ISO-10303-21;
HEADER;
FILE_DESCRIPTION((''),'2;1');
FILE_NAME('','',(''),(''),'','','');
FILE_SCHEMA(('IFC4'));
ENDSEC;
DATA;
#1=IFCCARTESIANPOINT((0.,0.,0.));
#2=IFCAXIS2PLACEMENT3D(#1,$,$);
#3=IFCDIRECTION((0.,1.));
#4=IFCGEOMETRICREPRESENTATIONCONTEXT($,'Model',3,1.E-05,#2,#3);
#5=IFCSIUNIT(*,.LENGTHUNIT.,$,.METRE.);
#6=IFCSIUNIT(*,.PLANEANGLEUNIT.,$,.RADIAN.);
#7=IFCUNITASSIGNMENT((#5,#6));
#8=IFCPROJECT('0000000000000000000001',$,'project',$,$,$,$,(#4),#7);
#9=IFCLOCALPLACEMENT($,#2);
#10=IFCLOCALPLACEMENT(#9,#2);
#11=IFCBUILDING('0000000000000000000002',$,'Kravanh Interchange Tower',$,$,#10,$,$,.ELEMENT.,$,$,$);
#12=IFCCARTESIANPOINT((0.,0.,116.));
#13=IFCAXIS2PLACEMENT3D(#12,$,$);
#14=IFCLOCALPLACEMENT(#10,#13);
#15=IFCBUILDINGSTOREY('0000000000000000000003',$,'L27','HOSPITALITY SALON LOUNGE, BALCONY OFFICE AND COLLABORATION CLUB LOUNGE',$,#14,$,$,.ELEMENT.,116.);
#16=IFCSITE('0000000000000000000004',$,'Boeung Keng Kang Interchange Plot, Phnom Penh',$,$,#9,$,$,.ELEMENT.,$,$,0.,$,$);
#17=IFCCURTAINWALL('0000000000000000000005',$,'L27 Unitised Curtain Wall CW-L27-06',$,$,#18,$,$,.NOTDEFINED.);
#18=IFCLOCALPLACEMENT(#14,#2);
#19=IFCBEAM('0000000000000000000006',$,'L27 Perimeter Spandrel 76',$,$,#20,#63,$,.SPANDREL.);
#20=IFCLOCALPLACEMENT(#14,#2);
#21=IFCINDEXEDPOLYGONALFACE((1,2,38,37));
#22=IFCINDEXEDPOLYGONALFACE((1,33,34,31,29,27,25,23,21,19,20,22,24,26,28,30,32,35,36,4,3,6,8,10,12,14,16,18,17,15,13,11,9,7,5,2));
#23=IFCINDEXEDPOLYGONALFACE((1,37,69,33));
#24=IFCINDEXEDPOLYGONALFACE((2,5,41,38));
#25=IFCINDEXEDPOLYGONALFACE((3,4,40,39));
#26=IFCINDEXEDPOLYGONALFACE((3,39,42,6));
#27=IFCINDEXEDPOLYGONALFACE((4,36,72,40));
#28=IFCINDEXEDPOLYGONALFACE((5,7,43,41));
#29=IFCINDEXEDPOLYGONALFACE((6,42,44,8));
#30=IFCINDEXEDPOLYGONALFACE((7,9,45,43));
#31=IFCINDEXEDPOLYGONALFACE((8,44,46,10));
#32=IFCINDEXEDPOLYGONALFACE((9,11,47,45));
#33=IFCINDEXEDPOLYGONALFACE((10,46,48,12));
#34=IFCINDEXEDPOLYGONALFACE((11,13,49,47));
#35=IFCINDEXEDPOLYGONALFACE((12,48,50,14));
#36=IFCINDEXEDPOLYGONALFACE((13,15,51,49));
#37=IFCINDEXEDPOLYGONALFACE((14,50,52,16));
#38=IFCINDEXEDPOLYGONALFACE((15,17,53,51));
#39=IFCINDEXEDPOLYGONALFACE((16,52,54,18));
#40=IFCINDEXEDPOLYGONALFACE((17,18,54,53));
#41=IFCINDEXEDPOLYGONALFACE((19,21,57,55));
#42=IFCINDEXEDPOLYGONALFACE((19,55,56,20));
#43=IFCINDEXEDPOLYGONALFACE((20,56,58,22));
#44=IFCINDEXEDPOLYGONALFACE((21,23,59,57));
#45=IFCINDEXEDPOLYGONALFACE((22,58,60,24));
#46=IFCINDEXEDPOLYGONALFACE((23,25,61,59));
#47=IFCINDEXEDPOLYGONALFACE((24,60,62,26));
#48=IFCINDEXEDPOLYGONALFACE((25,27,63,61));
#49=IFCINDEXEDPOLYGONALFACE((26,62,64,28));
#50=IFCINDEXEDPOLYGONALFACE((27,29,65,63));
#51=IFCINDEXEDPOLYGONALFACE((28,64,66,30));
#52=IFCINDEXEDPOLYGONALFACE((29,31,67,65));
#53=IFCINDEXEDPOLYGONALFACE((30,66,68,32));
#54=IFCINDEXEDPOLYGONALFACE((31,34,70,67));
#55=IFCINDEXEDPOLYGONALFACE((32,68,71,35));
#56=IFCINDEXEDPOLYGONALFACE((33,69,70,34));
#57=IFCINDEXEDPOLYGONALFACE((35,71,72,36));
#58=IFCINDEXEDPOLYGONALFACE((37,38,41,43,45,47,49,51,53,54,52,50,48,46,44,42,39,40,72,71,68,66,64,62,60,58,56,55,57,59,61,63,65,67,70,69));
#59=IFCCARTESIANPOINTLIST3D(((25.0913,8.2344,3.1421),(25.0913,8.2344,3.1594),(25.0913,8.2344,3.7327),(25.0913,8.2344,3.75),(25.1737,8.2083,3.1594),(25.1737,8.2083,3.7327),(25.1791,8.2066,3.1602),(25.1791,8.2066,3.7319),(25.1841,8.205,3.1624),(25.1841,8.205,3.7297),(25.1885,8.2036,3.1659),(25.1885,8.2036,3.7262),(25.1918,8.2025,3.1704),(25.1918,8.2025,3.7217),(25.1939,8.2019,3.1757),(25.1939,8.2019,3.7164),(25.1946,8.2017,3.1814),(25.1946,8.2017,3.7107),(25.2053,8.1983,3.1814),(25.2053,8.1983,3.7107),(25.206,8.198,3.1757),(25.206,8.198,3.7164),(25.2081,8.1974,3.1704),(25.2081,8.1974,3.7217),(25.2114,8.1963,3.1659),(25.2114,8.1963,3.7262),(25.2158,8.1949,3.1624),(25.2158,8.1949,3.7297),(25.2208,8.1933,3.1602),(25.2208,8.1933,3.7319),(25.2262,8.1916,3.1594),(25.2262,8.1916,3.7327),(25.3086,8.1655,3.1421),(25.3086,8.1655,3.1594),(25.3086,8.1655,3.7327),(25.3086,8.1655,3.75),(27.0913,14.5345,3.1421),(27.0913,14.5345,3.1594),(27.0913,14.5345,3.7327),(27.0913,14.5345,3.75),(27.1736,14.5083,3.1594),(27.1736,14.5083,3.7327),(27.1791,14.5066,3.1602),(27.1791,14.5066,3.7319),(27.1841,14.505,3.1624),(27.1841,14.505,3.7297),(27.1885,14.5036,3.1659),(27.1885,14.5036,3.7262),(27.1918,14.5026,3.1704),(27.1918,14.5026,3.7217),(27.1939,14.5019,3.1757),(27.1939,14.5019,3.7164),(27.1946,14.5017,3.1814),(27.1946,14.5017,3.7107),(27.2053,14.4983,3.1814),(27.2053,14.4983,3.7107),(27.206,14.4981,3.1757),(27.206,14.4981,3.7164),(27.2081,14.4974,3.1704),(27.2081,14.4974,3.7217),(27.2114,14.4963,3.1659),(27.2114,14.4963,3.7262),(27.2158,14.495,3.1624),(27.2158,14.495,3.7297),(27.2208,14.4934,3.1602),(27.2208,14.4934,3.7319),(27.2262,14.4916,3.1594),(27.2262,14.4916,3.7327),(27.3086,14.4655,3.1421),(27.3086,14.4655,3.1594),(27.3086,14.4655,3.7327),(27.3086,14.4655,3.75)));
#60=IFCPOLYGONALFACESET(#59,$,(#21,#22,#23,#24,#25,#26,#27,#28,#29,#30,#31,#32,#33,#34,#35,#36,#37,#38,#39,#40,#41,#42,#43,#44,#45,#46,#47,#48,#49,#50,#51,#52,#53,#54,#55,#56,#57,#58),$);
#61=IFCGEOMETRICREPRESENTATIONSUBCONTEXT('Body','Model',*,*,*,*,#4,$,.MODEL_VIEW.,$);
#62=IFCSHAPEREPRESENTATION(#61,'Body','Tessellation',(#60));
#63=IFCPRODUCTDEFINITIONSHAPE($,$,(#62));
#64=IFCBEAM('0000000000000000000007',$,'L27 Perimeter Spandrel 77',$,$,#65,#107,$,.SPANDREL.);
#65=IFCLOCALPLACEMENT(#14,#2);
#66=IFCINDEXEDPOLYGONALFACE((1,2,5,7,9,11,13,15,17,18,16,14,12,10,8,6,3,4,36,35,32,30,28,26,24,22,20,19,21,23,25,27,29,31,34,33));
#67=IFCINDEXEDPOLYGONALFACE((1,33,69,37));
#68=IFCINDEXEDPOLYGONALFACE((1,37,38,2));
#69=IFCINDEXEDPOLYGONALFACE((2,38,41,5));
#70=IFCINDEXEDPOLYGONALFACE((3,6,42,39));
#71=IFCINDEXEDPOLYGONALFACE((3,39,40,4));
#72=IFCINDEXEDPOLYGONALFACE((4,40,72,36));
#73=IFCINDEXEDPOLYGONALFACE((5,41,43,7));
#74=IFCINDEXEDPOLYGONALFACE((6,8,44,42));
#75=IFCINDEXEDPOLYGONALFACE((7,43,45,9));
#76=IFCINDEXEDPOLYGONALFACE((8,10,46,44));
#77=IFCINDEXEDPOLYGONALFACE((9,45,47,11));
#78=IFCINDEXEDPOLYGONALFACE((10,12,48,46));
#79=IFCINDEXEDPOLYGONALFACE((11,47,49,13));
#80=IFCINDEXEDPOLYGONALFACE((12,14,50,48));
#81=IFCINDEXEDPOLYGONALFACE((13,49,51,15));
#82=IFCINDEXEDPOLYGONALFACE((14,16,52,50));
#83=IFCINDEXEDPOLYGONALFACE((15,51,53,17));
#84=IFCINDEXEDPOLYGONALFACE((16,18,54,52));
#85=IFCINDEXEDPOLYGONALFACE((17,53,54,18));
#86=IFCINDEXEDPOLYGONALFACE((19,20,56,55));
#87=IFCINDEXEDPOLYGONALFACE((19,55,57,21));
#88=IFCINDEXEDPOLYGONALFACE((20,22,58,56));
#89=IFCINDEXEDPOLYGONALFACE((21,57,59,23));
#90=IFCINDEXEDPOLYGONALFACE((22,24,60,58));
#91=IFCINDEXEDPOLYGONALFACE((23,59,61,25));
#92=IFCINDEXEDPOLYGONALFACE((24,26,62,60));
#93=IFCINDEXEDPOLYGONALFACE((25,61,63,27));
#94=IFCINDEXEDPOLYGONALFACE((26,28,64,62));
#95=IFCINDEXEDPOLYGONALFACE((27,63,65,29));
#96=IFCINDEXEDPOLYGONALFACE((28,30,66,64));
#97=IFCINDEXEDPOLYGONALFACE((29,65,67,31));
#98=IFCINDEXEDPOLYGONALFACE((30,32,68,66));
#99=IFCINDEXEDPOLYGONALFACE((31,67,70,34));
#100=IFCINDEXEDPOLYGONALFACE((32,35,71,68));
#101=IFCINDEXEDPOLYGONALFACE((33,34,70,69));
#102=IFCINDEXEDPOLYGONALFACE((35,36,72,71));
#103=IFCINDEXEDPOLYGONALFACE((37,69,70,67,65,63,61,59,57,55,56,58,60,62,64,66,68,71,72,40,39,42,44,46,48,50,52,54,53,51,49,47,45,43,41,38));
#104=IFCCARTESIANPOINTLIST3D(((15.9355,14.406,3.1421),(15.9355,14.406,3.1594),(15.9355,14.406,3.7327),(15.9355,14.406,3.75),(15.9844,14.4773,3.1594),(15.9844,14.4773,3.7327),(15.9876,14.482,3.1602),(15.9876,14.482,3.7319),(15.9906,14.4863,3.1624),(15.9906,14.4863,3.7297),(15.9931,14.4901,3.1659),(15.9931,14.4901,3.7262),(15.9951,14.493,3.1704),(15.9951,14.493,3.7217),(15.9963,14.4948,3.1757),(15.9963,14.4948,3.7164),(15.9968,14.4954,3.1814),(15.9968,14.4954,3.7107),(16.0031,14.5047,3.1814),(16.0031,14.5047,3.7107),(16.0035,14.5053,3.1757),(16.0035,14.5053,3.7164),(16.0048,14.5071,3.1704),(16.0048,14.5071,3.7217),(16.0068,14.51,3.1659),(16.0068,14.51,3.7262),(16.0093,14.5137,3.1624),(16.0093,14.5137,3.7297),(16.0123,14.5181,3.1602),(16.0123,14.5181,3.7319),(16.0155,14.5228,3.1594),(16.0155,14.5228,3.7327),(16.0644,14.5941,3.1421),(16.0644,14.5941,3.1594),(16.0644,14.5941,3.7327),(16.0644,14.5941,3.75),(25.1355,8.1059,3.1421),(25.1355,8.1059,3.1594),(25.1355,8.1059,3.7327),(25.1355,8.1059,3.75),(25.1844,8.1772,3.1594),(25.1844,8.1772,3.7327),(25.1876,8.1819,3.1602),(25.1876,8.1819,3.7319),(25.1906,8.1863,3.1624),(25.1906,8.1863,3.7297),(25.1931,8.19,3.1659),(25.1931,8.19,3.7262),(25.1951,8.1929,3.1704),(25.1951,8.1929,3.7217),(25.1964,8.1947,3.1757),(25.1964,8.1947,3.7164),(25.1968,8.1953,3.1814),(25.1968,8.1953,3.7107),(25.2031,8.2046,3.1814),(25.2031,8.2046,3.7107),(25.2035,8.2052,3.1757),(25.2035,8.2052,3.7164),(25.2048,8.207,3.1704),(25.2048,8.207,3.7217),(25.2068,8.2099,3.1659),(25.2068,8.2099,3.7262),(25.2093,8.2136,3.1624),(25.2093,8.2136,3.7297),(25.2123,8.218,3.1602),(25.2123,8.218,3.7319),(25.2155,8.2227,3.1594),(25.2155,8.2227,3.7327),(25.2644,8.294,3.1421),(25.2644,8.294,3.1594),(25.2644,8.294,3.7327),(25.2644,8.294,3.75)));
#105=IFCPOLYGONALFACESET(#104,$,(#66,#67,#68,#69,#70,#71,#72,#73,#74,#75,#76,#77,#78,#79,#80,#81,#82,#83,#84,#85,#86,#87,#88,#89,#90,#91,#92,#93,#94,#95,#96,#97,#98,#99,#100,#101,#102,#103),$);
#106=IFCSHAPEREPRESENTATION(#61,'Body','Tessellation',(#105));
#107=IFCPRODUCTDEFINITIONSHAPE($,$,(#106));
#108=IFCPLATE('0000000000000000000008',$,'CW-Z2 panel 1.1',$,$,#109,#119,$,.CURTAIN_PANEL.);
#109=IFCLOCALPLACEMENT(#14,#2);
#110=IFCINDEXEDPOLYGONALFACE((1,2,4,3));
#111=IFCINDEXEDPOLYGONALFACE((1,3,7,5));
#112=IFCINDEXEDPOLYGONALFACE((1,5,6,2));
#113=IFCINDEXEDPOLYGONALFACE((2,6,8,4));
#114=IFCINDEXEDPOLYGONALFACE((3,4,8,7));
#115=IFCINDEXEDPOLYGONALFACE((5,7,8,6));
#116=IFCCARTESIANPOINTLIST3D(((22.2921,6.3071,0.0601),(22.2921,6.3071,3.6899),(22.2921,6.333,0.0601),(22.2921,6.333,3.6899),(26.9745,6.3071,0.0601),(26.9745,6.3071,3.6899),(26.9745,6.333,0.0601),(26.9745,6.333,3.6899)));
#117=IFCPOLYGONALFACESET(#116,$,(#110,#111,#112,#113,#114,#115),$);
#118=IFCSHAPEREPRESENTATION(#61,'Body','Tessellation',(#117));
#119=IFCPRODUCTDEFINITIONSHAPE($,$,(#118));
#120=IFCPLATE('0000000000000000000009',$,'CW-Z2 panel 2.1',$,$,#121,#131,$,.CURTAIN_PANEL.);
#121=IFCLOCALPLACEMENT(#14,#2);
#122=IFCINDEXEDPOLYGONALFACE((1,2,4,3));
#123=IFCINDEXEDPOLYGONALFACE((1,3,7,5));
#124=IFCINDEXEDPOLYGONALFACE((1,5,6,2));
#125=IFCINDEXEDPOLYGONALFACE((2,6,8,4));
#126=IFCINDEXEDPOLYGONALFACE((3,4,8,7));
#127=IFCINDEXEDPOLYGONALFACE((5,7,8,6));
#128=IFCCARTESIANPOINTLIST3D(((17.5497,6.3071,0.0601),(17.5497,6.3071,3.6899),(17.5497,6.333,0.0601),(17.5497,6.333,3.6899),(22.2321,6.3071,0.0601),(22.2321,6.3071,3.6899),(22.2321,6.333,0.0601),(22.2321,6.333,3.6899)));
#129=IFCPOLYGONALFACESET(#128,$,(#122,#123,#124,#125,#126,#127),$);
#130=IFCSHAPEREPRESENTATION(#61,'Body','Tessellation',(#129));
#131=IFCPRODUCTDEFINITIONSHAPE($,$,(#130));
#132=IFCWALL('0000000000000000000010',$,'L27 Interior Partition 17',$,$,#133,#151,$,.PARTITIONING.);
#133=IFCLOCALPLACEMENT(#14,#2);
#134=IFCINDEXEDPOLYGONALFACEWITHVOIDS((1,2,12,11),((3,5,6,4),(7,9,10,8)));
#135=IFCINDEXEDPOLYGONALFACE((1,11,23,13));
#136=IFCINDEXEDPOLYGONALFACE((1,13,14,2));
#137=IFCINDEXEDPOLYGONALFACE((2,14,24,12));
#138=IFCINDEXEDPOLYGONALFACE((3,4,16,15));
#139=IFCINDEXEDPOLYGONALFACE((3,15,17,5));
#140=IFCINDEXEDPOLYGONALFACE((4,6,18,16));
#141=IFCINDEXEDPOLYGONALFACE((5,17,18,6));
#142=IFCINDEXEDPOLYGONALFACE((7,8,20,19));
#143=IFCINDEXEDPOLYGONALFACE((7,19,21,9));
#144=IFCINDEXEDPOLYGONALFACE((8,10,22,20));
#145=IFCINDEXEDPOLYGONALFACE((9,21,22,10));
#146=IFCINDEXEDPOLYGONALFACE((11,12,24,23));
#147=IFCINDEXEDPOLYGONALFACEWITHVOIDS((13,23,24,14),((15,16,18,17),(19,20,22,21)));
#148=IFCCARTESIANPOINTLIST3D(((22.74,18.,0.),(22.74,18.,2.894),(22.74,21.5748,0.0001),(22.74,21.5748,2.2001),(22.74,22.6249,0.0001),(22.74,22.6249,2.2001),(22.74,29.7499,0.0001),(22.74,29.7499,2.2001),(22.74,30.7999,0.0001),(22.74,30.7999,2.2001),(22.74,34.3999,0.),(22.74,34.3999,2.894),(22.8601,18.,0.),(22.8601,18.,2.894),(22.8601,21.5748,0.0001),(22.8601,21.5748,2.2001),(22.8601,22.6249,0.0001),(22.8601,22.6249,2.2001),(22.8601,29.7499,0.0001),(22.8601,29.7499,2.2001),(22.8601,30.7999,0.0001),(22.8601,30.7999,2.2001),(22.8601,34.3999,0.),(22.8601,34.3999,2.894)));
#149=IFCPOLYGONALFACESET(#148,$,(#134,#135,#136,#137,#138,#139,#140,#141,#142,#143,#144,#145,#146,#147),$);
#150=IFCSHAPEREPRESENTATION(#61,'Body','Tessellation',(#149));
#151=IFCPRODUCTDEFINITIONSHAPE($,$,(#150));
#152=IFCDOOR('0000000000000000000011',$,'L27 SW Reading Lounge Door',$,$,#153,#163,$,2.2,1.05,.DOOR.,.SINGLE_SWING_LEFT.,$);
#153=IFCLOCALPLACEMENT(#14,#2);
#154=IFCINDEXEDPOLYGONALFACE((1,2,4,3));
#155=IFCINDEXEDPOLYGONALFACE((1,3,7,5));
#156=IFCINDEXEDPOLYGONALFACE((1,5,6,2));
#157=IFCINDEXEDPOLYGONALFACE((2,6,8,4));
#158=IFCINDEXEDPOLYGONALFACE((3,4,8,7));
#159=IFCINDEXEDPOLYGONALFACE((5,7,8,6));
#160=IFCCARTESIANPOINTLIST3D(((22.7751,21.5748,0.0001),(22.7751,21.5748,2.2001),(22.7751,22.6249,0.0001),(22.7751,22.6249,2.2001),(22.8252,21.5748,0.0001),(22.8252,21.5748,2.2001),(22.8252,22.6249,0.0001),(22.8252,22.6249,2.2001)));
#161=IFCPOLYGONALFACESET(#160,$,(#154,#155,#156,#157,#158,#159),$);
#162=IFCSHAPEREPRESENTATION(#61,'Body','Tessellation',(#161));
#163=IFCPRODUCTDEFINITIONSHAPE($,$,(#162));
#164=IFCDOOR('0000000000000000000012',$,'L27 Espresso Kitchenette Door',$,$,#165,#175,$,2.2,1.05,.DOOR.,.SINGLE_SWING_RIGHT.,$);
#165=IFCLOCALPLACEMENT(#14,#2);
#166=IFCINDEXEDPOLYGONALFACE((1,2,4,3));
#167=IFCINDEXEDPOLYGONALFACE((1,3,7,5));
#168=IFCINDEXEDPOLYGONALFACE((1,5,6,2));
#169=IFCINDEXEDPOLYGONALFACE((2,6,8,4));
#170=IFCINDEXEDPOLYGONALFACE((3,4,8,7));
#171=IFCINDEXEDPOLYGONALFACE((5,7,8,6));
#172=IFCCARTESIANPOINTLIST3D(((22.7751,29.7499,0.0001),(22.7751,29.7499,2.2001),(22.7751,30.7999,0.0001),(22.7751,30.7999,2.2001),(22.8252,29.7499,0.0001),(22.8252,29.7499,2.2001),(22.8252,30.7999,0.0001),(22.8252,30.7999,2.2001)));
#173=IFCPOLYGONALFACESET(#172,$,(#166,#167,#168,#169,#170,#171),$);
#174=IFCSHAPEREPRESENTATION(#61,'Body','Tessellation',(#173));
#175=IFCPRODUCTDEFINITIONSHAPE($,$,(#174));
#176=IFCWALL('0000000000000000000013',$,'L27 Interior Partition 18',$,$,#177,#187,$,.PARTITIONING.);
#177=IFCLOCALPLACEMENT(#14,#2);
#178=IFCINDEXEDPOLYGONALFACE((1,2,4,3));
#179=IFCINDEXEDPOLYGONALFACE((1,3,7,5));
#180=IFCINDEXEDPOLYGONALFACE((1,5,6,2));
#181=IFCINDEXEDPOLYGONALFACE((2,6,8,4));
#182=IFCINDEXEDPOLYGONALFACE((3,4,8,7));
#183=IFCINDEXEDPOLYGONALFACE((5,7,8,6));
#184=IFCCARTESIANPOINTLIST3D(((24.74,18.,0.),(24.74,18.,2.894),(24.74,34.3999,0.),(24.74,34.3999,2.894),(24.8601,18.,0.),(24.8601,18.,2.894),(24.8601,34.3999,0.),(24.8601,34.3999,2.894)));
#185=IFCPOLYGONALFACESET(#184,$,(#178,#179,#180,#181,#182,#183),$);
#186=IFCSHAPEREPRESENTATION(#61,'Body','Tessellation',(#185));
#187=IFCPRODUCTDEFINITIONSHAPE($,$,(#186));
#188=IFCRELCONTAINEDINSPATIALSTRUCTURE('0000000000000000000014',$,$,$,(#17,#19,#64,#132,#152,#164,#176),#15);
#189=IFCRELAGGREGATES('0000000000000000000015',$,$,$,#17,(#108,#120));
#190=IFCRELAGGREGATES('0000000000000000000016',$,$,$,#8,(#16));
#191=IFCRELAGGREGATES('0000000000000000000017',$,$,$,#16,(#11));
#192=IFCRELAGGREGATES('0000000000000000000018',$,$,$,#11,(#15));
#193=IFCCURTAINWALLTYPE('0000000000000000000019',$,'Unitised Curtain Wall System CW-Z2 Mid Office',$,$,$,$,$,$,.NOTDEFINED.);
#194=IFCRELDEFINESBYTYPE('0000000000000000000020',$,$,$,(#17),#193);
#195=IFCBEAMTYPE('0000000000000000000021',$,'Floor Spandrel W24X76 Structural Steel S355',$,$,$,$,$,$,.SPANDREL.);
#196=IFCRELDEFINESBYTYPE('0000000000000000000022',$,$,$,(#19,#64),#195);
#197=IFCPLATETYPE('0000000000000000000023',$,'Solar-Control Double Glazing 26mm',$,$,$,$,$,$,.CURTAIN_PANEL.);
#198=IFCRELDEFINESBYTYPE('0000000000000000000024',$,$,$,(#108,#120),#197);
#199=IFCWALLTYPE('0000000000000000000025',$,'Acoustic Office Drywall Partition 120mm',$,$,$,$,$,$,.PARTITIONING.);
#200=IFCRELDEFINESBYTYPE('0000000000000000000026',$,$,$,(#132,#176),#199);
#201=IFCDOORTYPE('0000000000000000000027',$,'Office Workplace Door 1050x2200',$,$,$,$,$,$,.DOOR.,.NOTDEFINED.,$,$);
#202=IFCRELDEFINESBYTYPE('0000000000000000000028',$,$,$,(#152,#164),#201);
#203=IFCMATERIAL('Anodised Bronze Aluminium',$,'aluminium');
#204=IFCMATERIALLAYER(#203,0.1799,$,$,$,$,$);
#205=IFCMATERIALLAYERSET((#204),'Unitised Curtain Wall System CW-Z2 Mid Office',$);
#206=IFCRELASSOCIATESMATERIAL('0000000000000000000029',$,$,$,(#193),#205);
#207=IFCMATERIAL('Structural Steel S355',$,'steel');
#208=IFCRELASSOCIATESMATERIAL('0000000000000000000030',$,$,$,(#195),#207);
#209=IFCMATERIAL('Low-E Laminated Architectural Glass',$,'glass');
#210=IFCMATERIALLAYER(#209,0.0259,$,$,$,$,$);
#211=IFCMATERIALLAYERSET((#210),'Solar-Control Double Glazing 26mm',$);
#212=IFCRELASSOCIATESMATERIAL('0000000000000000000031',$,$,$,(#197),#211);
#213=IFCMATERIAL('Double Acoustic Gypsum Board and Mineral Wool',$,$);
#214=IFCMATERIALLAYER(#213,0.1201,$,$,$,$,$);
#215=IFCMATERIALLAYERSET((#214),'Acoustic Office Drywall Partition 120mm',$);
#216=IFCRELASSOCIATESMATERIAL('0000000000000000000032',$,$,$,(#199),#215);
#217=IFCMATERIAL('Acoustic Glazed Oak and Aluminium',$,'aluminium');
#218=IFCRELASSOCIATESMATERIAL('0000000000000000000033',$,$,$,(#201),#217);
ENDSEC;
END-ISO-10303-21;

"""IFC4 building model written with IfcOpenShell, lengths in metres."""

from ifc_helpers import new_model, si_unit, direction, frame, frame_2d, origin, origin_2d, place, context, subcontext, project, spatial, rectangle, i_section, extrude, material, layer, layer_set, material_profile, profile_set, type_object, element, fill, aggregate, save


model = new_model("IFC4")

# Units and contexts
model_context = context("Model", 3, precision=1e-05, world=origin(), true_north=direction((0.0, 1.0)))
body_context = subcontext(model_context, "Body", "Model", "MODEL_VIEW")
ifc_project = project(units=[si_unit("LENGTHUNIT", "METRE"), si_unit("PLANEANGLEUNIT", "RADIAN")], contexts=[model_context])

# Site, building, storey
site_placement = place(None, origin())
site = spatial("IfcSite", under=ifc_project, at=site_placement, Name="Boeung Keng Kang Interchange Plot, Phnom Penh", CompositionType="ELEMENT", RefElevation=0.0)
building_placement = place(site_placement, origin())
building = spatial("IfcBuilding", under=site, at=building_placement, Name="Kravanh Interchange Tower", CompositionType="ELEMENT")
storey_placement = place(building_placement, frame((0.0, 0.0, 116.0)))
storey = spatial("IfcBuildingStorey", under=building, at=storey_placement, Name="L27", Description="HOSPITALITY SALON LOUNGE, BALCONY OFFICE AND COLLABORATION CLUB LOUNGE", CompositionType="ELEMENT", Elevation=116.0)

# Curtain wall
ifc_material_1 = material(Name="Anodised Bronze Aluminium", Category="aluminium")
ifc_layer_1 = layer(ifc_material_1, 0.1799)
ifc_layer_set_1 = layer_set([ifc_layer_1], Name="Unitised Curtain Wall System CW-Z2 Mid Office")
curtain_wall_type = type_object("IfcCurtainWallType", Name="Unitised Curtain Wall System CW-Z2 Mid Office", PredefinedType="NOTDEFINED", material=ifc_layer_set_1)
curtain_wall_placement = place(storey_placement, origin())
curtain_wall = element("IfcCurtainWall", 1, at=curtain_wall_placement, inside=storey, type_object=curtain_wall_type, Name="L27 Unitised Curtain Wall CW-L27-06", PredefinedType="NOTDEFINED")

# Beams
ifc_material_2 = material(Name="Structural Steel S355", Category="steel")
ifc_material_profile_1 = material_profile(ifc_material_2, i_section(OverallWidth=0.228, OverallDepth=0.6079, WebThickness=0.0112, FlangeThickness=0.0173, FilletRadius=0.022, at=origin_2d()), Name="W24X76")
ifc_profile_set_1 = profile_set([ifc_material_profile_1], Name="Structural Steel S355")
beam_type_1 = type_object("IfcBeamType", Name="Floor Spandrel W24X76 Structural Steel S355", PredefinedType="SPANDREL", material=ifc_profile_set_1)
beam_1_placement = place(storey_placement, frame((25.2, 8.2, 3.446), z_axis=(0.302577, 0.953125, 0.0), x_axis=(-0.953125, 0.302577, 0.0)))
element("IfcBeam", 2, at=beam_1_placement, inside=storey, type_object=beam_type_1, Name="L27 Perimeter Spandrel 76", PredefinedType="SPANDREL", context=body_context, shape_type="SweptSolid", body=[
    extrude(i_section(OverallWidth=0.228, OverallDepth=0.6079, WebThickness=0.0112, FlangeThickness=0.0173, FilletRadius=0.022, at=origin_2d()), origin(), (0.0, 0.0, 1.0), 6.6099),
])
beam_2_placement = place(storey_placement, frame((25.2, 8.2, 3.446), z_axis=(-0.825084, 0.56501, 0.0), x_axis=(-0.56501, -0.825084, 0.0)))
element("IfcBeam", 3, at=beam_2_placement, inside=storey, type_object=beam_type_1, Name="L27 Perimeter Spandrel 77", PredefinedType="SPANDREL", context=body_context, shape_type="SweptSolid", body=[
    extrude(i_section(OverallWidth=0.228, OverallDepth=0.6079, WebThickness=0.0112, FlangeThickness=0.0173, FilletRadius=0.022, at=origin_2d()), origin(), (0.0, 0.0, 1.0), 11.1504),
])

# Plates
ifc_material_3 = material(Name="Low-E Laminated Architectural Glass", Category="glass")
ifc_layer_2 = layer(ifc_material_3, 0.0259)
ifc_layer_set_2 = layer_set([ifc_layer_2], Name="Solar-Control Double Glazing 26mm")
plate_type = type_object("IfcPlateType", Name="Solar-Control Double Glazing 26mm", PredefinedType="CURTAIN_PANEL", material=ifc_layer_set_2)
plate_1_placement = place(storey_placement, frame((24.6333, 6.3201, 0.0601), z_axis=(0.0, 0.0, 1.0), x_axis=(-1.0, 0.0, 0.0)))
plate_1 = element("IfcPlate", 4, at=plate_1_placement, type_object=plate_type, Name="CW-Z2 panel 1.1", PredefinedType="CURTAIN_PANEL", context=body_context, shape_type="SweptSolid", body=[
    extrude(rectangle(XDim=4.6824, YDim=0.0259, at=origin_2d()), origin(), (0.0, 0.0, 1.0), 3.6299),
])
plate_2_placement = place(storey_placement, frame((19.8909, 6.3201, 0.0601), z_axis=(0.0, 0.0, 1.0), x_axis=(-1.0, 0.0, 0.0)))
plate_2 = element("IfcPlate", 5, at=plate_2_placement, type_object=plate_type, Name="CW-Z2 panel 2.1", PredefinedType="CURTAIN_PANEL", context=body_context, shape_type="SweptSolid", body=[
    extrude(rectangle(XDim=4.6824, YDim=0.0259, at=origin_2d()), origin(), (0.0, 0.0, 1.0), 3.6299),
])
aggregate(curtain_wall, [plate_1, plate_2])

# Wall, openings, doors
ifc_material_4 = material(Name="Double Acoustic Gypsum Board and Mineral Wool")
ifc_layer_3 = layer(ifc_material_4, 0.1201)
ifc_layer_set_3 = layer_set([ifc_layer_3], Name="Acoustic Office Drywall Partition 120mm")
wall_type = type_object("IfcWallType", Name="Acoustic Office Drywall Partition 120mm", PredefinedType="PARTITIONING", material=ifc_layer_set_3)
wall_1_placement = place(storey_placement, frame((22.8, 18.0, 0.0), z_axis=(0.0, 0.0, 1.0), x_axis=(0.0, 1.0, 0.0)))
wall_1 = element("IfcWall", 6, at=wall_1_placement, inside=storey, type_object=wall_type, Name="L27 Interior Partition 17", PredefinedType="PARTITIONING", context=body_context, shape_type="SweptSolid", body=[
    extrude(rectangle(XDim=16.3999, YDim=0.1201, at=frame_2d((8.2, 0.0))), origin(), (0.0, 0.0, 1.0), 2.894),
])
opening_1_placement = place(wall_1_placement, frame((3.575, 0.0, 0.0)))
opening_1 = element("IfcOpeningElement", 7, at=opening_1_placement, cuts=wall_1, PredefinedType="OPENING", context=body_context, shape_type="SweptSolid", body=[
    extrude(rectangle(XDim=1.05, YDim=2.2, at=frame_2d((0.5249, 1.1001))), frame((0.0, 0.0701, 0.0), z_axis=(0.0, -1.0, 0.0), x_axis=(1.0, 0.0, 0.0)), (0.0, 0.0, 1.0), 0.1401),
])
opening_2_placement = place(wall_1_placement, frame((11.75, 0.0, 0.0)))
opening_2 = element("IfcOpeningElement", 8, at=opening_2_placement, cuts=wall_1, PredefinedType="OPENING", context=body_context, shape_type="SweptSolid", body=[
    extrude(rectangle(XDim=1.05, YDim=2.2, at=frame_2d((0.5249, 1.1001))), frame((0.0, 0.0701, 0.0), z_axis=(0.0, -1.0, 0.0), x_axis=(1.0, 0.0, 0.0)), (0.0, 0.0, 1.0), 0.1401),
])
ifc_material_5 = material(Name="Acoustic Glazed Oak and Aluminium", Category="aluminium")
door_type = type_object("IfcDoorType", Name="Office Workplace Door 1050x2200", OperationType="NOTDEFINED", PredefinedType="DOOR", material=ifc_material_5)
door_1_placement = place(opening_1_placement, origin())
door_1 = element("IfcDoor", 9, at=door_1_placement, inside=storey, type_object=door_type, Name="L27 SW Reading Lounge Door", OperationType="SINGLE_SWING_LEFT", OverallHeight=2.2, OverallWidth=1.05, PredefinedType="DOOR", context=body_context, shape_type="SweptSolid", body=[
    extrude(rectangle(XDim=1.05, YDim=2.2, at=frame_2d((0.5249, 1.1001))), frame((0.0, 0.0249, 0.0), z_axis=(0.0, -1.0, 0.0), x_axis=(1.0, 0.0, 0.0)), (0.0, 0.0, 1.0), 0.05),
])
fill(opening_1, door_1)
door_2_placement = place(opening_2_placement, origin())
door_2 = element("IfcDoor", 10, at=door_2_placement, inside=storey, type_object=door_type, Name="L27 Espresso Kitchenette Door", OperationType="SINGLE_SWING_RIGHT", OverallHeight=2.2, OverallWidth=1.05, PredefinedType="DOOR", context=body_context, shape_type="SweptSolid", body=[
    extrude(rectangle(XDim=1.05, YDim=2.2, at=frame_2d((0.5249, 1.1001))), frame((0.0, 0.0249, 0.0), z_axis=(0.0, -1.0, 0.0), x_axis=(1.0, 0.0, 0.0)), (0.0, 0.0, 1.0), 0.05),
])
fill(opening_2, door_2)

# Wall
wall_2_placement = place(storey_placement, frame((24.8, 18.0, 0.0), z_axis=(0.0, 0.0, 1.0), x_axis=(0.0, 1.0, 0.0)))
element("IfcWall", 11, at=wall_2_placement, inside=storey, type_object=wall_type, Name="L27 Interior Partition 18", PredefinedType="PARTITIONING", context=body_context, shape_type="SweptSolid", body=[
    extrude(rectangle(XDim=16.3999, YDim=0.1201, at=frame_2d((8.2, 0.0))), origin(), (0.0, 0.0, 1.0), 2.894),
])

save(model, "model.ifc")
